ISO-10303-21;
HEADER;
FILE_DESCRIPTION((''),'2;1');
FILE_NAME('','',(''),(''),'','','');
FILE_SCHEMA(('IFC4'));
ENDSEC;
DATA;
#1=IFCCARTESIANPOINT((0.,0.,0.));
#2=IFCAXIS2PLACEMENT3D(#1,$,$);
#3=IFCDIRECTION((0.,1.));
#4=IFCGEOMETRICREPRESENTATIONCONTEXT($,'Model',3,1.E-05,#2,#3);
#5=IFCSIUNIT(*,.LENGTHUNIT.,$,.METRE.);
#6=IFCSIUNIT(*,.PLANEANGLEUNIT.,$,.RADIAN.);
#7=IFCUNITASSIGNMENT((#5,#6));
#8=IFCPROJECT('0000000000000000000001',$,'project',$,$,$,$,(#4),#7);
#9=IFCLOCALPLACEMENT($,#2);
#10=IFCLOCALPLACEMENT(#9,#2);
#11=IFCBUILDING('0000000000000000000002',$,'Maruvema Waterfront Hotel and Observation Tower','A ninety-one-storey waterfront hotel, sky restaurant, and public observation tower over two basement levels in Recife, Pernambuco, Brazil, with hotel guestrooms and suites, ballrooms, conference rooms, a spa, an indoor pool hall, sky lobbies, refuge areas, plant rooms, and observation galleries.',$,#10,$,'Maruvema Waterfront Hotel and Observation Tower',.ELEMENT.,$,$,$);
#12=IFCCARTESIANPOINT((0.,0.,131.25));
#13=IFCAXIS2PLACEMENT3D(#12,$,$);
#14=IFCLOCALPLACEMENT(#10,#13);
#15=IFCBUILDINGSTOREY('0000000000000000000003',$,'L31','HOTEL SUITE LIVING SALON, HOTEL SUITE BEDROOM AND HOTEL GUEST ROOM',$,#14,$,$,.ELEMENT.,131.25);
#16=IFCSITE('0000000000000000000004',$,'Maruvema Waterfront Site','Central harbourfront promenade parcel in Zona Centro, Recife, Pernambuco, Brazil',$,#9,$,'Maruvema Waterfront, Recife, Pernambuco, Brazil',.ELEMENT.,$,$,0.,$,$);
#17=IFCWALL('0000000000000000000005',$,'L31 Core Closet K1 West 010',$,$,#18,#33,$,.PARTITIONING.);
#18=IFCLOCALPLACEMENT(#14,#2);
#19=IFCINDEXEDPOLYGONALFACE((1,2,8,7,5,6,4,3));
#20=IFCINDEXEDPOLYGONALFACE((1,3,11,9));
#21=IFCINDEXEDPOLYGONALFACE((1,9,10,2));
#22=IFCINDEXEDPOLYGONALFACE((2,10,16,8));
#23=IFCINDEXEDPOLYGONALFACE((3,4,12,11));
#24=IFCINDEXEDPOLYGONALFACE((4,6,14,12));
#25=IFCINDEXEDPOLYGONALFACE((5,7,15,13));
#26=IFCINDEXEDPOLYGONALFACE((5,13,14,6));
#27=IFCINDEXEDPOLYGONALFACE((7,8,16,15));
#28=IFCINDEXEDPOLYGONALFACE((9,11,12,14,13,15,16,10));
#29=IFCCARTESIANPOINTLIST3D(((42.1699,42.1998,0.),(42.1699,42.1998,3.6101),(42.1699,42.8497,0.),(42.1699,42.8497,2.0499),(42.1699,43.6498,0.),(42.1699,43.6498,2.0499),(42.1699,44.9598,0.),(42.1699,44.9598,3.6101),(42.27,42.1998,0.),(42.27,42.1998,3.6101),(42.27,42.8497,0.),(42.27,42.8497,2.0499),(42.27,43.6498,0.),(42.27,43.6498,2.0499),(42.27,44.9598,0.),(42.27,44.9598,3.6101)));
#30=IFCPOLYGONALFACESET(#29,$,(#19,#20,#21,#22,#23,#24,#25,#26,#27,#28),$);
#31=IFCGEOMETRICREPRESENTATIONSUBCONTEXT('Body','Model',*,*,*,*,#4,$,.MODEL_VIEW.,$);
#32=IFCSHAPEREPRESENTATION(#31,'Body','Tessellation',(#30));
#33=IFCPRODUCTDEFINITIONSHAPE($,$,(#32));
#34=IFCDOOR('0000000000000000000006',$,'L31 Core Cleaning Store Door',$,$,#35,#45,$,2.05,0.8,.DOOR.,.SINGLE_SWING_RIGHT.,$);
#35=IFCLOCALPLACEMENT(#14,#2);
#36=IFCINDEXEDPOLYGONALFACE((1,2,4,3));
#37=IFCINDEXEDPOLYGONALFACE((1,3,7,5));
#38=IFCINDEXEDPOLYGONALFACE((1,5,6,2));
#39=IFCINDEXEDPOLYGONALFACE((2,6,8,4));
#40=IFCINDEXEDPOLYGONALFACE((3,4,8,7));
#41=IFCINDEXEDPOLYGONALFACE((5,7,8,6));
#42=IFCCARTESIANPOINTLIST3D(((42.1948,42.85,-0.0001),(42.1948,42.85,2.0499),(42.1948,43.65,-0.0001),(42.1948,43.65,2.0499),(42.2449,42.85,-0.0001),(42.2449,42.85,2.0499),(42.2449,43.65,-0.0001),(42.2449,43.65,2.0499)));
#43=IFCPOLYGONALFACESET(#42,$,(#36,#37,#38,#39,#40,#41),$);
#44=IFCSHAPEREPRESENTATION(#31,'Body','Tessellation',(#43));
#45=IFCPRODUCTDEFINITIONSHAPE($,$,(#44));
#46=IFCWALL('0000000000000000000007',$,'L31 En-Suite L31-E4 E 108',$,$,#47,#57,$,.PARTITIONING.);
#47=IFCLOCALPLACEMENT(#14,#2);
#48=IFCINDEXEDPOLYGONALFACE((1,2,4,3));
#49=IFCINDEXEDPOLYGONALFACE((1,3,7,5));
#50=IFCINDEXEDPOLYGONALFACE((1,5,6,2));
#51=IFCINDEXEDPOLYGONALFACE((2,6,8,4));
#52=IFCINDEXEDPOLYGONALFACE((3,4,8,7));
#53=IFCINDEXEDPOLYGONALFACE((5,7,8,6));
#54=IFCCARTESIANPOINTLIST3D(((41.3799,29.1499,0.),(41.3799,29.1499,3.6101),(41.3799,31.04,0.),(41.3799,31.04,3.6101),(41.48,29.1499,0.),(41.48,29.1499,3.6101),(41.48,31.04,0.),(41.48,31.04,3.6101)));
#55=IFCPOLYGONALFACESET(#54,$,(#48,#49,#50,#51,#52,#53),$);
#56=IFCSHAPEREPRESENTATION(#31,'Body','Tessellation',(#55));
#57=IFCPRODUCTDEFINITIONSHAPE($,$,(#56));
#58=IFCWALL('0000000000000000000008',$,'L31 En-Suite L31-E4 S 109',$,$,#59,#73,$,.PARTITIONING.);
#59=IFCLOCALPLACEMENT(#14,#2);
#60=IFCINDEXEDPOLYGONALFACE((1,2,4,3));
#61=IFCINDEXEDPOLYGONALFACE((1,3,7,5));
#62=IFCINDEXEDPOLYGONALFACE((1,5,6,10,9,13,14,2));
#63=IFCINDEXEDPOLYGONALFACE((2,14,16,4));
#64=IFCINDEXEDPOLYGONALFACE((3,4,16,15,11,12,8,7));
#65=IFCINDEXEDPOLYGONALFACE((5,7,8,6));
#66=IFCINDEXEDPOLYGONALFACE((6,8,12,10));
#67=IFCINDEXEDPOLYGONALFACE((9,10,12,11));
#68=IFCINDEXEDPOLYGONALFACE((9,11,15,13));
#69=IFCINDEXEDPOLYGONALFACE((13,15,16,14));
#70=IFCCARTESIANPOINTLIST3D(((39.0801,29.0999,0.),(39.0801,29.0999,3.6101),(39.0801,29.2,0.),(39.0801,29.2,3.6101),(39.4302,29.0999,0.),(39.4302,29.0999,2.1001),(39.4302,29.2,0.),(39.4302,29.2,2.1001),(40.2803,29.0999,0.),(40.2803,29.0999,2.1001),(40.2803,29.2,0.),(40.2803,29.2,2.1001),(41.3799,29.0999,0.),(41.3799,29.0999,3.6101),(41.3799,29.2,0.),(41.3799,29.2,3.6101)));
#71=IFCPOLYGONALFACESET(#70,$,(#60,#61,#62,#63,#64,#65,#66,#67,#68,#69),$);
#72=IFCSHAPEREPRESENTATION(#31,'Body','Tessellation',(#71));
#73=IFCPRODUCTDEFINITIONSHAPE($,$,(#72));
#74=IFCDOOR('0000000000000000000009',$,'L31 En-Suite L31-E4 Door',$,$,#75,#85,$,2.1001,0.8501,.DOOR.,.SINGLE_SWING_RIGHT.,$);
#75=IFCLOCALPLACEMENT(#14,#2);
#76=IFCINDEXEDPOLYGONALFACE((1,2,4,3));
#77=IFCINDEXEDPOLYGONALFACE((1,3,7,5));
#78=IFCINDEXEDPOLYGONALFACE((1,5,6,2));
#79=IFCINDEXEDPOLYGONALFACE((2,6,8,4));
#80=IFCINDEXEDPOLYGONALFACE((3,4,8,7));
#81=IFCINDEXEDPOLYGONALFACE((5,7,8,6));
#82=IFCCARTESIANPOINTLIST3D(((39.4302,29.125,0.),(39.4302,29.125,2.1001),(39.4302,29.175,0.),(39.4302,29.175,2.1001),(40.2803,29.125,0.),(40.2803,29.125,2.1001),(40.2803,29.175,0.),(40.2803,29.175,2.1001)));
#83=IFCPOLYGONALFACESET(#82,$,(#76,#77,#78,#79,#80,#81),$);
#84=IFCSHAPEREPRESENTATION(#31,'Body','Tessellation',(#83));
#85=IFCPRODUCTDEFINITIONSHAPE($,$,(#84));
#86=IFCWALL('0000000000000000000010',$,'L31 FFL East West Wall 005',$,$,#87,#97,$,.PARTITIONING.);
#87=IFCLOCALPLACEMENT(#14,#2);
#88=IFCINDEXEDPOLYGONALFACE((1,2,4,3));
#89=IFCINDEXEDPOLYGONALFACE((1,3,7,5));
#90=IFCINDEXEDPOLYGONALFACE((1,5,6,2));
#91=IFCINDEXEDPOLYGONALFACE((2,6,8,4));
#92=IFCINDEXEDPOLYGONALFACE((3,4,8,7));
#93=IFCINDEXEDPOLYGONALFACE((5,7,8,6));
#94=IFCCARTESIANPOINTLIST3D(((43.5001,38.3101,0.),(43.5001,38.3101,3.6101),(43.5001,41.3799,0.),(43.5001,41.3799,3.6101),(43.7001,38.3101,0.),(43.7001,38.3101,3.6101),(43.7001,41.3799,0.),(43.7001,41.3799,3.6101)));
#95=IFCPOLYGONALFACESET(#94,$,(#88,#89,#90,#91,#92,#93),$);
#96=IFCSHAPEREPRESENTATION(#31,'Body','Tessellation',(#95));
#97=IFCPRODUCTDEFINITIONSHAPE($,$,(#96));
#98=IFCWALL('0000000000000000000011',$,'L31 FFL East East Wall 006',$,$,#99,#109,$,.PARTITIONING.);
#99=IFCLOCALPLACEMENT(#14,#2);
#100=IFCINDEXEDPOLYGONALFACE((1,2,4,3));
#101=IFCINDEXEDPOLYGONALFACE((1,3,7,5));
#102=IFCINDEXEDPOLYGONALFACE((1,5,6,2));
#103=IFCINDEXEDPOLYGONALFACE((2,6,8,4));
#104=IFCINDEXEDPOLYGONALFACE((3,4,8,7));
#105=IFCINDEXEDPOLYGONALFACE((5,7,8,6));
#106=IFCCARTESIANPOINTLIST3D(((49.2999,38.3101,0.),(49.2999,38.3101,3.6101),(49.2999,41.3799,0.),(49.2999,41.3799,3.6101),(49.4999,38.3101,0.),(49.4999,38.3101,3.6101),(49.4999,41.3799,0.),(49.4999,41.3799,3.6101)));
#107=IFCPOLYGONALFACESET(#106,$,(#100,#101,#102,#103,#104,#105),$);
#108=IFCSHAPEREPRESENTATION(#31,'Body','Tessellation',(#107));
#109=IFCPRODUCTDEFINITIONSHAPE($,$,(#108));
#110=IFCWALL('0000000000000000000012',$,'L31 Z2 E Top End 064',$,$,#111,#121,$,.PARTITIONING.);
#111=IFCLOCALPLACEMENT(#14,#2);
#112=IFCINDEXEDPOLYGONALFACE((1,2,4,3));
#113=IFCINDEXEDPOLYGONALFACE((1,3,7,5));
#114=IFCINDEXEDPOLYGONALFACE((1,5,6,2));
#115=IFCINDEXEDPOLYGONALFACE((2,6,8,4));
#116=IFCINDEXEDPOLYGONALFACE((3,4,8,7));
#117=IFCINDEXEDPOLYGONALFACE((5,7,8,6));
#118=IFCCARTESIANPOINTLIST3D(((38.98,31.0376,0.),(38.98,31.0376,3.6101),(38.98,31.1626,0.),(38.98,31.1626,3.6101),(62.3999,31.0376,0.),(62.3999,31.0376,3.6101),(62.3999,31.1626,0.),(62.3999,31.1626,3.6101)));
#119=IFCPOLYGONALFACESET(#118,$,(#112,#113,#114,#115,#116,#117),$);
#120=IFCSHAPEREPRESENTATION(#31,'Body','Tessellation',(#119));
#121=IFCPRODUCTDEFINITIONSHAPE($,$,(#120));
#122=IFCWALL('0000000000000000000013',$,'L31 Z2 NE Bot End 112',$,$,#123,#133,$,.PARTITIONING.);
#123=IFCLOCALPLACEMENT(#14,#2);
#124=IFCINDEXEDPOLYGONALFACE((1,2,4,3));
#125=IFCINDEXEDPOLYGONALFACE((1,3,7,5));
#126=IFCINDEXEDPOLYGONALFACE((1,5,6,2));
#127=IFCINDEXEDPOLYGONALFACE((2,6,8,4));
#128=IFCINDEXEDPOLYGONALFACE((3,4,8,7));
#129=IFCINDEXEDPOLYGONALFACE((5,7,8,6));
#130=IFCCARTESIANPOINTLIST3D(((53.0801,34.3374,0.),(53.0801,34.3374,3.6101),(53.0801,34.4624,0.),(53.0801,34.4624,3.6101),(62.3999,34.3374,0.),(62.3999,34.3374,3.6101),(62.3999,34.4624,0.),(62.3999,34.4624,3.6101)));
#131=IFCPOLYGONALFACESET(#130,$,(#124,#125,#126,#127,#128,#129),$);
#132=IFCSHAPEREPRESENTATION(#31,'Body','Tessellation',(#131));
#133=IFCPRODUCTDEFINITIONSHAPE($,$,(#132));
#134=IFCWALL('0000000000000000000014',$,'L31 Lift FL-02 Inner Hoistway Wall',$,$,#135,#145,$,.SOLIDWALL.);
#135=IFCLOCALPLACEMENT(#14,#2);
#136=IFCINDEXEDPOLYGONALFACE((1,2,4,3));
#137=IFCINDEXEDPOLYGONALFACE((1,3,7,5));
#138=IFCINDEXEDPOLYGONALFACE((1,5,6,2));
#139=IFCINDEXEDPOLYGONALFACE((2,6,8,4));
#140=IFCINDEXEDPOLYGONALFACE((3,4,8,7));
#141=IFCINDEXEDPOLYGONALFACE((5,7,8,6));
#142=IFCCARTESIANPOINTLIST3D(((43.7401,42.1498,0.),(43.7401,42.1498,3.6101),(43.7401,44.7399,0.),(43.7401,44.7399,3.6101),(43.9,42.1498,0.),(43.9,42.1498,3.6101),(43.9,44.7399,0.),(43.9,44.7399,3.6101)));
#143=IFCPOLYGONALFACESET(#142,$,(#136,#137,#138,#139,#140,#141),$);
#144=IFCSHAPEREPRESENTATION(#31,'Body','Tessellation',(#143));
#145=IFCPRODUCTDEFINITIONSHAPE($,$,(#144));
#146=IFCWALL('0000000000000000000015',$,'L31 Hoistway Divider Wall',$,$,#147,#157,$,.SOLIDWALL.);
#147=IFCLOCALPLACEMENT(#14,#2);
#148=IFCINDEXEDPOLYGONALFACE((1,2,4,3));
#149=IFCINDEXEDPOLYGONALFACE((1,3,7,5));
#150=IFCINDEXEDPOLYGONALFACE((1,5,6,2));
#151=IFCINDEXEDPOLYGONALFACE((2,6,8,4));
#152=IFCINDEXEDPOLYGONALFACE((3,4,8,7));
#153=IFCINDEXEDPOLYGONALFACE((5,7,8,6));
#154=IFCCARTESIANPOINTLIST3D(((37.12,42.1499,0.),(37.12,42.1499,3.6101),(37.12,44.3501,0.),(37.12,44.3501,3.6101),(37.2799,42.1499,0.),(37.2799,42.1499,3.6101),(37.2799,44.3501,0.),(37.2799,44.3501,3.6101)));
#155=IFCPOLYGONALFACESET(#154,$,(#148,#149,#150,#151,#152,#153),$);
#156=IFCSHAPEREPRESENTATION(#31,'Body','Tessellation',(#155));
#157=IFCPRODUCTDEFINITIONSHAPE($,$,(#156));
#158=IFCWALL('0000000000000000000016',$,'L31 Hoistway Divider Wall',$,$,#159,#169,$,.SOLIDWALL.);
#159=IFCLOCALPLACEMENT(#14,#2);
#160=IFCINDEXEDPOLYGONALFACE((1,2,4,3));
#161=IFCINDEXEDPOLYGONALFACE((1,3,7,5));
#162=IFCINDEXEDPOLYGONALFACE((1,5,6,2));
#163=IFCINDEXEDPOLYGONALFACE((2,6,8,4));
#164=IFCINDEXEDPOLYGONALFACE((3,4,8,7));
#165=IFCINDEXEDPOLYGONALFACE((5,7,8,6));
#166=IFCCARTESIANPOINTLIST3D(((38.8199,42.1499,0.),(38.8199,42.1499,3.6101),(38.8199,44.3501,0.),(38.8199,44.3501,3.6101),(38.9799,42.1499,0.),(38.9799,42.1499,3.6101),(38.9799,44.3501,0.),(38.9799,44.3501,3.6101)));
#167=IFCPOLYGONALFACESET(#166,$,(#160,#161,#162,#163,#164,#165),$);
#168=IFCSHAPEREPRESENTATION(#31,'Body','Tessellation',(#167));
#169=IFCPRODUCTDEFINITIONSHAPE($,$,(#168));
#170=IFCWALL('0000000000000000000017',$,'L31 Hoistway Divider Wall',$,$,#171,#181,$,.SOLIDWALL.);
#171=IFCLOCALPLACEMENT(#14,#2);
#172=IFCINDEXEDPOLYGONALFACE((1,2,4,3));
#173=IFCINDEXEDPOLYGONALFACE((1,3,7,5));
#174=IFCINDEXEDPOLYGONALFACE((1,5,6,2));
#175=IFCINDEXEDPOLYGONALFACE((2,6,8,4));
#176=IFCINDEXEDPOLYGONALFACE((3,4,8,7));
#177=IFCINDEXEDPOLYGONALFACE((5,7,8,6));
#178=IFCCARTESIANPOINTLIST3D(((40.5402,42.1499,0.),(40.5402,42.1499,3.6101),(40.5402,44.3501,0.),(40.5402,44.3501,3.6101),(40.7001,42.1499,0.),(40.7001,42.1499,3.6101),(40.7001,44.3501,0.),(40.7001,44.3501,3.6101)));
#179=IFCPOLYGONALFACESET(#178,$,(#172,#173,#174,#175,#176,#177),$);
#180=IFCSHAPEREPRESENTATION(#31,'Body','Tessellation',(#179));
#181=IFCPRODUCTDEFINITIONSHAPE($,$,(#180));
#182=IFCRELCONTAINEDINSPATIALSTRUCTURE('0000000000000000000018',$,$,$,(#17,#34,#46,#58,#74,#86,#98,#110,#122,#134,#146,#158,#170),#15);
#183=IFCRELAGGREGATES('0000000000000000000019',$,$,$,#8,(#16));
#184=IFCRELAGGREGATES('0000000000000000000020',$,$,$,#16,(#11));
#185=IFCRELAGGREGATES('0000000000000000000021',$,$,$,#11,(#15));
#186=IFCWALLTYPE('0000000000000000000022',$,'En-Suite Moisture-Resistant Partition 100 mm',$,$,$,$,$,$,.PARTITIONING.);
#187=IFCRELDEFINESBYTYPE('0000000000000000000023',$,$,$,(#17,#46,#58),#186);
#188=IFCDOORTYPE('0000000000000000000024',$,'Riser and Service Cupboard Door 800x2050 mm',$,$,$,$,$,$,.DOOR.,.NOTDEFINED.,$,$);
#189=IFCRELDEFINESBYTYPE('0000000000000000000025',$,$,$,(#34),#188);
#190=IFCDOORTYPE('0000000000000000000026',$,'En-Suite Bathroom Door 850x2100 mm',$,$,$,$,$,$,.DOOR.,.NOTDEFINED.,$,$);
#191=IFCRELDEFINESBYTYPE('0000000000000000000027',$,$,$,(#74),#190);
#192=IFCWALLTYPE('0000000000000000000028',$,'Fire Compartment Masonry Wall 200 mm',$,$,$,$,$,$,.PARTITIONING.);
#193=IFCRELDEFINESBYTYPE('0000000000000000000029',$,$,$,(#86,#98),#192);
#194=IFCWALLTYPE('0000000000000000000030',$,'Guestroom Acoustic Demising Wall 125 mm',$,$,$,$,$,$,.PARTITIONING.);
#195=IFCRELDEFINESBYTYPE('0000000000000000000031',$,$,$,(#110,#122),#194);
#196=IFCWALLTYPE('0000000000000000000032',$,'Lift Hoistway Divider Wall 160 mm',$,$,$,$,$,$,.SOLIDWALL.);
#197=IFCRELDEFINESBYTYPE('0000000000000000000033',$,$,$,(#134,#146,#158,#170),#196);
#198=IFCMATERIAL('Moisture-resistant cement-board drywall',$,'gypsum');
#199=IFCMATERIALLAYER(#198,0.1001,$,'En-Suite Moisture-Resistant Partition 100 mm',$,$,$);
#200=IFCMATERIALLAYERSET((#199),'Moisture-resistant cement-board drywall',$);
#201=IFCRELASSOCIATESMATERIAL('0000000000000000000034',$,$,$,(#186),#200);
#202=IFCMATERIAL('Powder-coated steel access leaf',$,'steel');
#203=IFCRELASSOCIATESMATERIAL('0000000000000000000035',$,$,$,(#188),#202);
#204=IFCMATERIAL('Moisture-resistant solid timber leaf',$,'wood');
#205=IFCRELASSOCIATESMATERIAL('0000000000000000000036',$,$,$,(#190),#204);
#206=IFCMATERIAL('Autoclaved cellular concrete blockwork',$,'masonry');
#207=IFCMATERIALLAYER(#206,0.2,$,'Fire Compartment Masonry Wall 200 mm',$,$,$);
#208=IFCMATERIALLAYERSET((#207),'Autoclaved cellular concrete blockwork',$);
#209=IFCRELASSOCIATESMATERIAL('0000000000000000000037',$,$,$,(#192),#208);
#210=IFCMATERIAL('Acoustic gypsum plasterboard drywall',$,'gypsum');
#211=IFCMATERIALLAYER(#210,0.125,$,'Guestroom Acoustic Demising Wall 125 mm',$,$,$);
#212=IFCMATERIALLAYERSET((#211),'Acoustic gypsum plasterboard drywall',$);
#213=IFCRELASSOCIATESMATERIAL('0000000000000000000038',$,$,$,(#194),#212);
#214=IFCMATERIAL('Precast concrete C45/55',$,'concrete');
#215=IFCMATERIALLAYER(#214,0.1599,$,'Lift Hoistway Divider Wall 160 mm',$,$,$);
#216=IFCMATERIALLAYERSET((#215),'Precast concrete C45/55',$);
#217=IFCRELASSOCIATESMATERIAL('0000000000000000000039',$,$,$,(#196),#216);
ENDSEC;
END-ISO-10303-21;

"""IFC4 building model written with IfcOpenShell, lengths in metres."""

from ifc_helpers import new_model, si_unit, direction, frame, frame_2d, origin, place, context, subcontext, project, spatial, rectangle, extrude, material, layer, layer_set, type_object, element, fill, save


model = new_model("IFC4")

# Units and contexts
model_context = context("Model", 3, precision=1e-05, world=origin(), true_north=direction((0.0, 1.0)))
body_context = subcontext(model_context, "Body", "Model", "MODEL_VIEW")
ifc_project = project(units=[si_unit("LENGTHUNIT", "METRE"), si_unit("PLANEANGLEUNIT", "RADIAN")], contexts=[model_context])

# Site, building, storey
site_placement = place(None, origin())
site = spatial("IfcSite", under=ifc_project, at=site_placement, Name="Maruvema Waterfront Site", Description="Central harbourfront promenade parcel in Zona Centro, Recife, Pernambuco, Brazil", LongName="Maruvema Waterfront, Recife, Pernambuco, Brazil", CompositionType="ELEMENT", RefElevation=0.0)
building_placement = place(site_placement, origin())
building = spatial("IfcBuilding", under=site, at=building_placement, Name="Maruvema Waterfront Hotel and Observation Tower", Description="A ninety-one-storey waterfront hotel, sky restaurant, and public observation tower over two basement levels in Recife, Pernambuco, Brazil, with hotel guestrooms and suites, ballrooms, conference rooms, a spa, an indoor pool hall, sky lobbies, refuge areas, plant rooms, and observation galleries.", LongName="Maruvema Waterfront Hotel and Observation Tower", CompositionType="ELEMENT")
storey_placement = place(building_placement, frame((0.0, 0.0, 131.25)))
storey = spatial("IfcBuildingStorey", under=building, at=storey_placement, Name="L31", Description="HOTEL SUITE LIVING SALON, HOTEL SUITE BEDROOM AND HOTEL GUEST ROOM", CompositionType="ELEMENT", Elevation=131.25)

# Wall, opening, door
ifc_material_1 = material(Name="Moisture-resistant cement-board drywall", Category="gypsum")
ifc_layer_1 = layer(ifc_material_1, 0.1001, Name="En-Suite Moisture-Resistant Partition 100 mm")
ifc_layer_set_1 = layer_set([ifc_layer_1], Name="Moisture-resistant cement-board drywall")
wall_type_1 = type_object("IfcWallType", Name="En-Suite Moisture-Resistant Partition 100 mm", PredefinedType="PARTITIONING", material=ifc_layer_set_1)
wall_1_placement = place(storey_placement, frame((42.22, 42.2, 0.0), z_axis=(0.0, 0.0, 1.0), x_axis=(0.0, 1.0, 0.0)))
wall_1 = element("IfcWall", 1, at=wall_1_placement, inside=storey, type_object=wall_type_1, Name="L31 Core Closet K1 West 010", PredefinedType="PARTITIONING", context=body_context, shape_type="SweptSolid", body=[
    extrude(rectangle(XDim=2.76, YDim=0.1001, at=frame_2d((1.3799, 0.0))), origin(), (0.0, 0.0, 1.0), 3.6101),
])
opening_1_placement = place(wall_1_placement, frame((0.6499, 0.0, 0.0)))
opening_1 = element("IfcOpeningElement", 2, at=opening_1_placement, cuts=wall_1, PredefinedType="OPENING", context=body_context, shape_type="SweptSolid", body=[
    extrude(rectangle(XDim=0.8, YDim=2.05, at=frame_2d((0.3999, 1.0249))), frame((0.0, 0.0601, 0.0), z_axis=(0.0, -1.0, 0.0), x_axis=(1.0, 0.0, 0.0)), (0.0, 0.0, 1.0), 0.1201),
])
ifc_material_2 = material(Name="Powder-coated steel access leaf", Category="steel")
door_type_1 = type_object("IfcDoorType", Name="Riser and Service Cupboard Door 800x2050 mm", OperationType="NOTDEFINED", PredefinedType="DOOR", material=ifc_material_2)
door_1_placement = place(opening_1_placement, frame((0.8, 0.0, 0.0), z_axis=(0.0, 0.0, 1.0), x_axis=(-1.0, 0.0, 0.0)))
door_1 = element("IfcDoor", 3, at=door_1_placement, inside=storey, type_object=door_type_1, Name="L31 Core Cleaning Store Door", OperationType="SINGLE_SWING_RIGHT", OverallHeight=2.05, OverallWidth=0.8, PredefinedType="DOOR", context=body_context, shape_type="SweptSolid", body=[
    extrude(rectangle(XDim=0.8, YDim=2.05, at=frame_2d((0.3999, 1.0249))), frame((0.0, 0.0249, 0.0), z_axis=(0.0, -1.0, 0.0), x_axis=(1.0, 0.0, 0.0)), (0.0, 0.0, 1.0), 0.05),
])
fill(opening_1, door_1)

# Wall
wall_2_placement = place(storey_placement, frame((41.4299, 29.1499, 0.0), z_axis=(0.0, 0.0, 1.0), x_axis=(0.0, 1.0, 0.0)))
element("IfcWall", 4, at=wall_2_placement, inside=storey, type_object=wall_type_1, Name="L31 En-Suite L31-E4 E 108", PredefinedType="PARTITIONING", context=body_context, shape_type="SweptSolid", body=[
    extrude(rectangle(XDim=1.8901, YDim=0.1001, at=frame_2d((0.9451, 0.0))), origin(), (0.0, 0.0, 1.0), 3.6101),
])

# Wall, opening, door
wall_3_placement = place(storey_placement, frame((39.0801, 29.1499, 0.0), z_axis=(0.0, 0.0, 1.0), x_axis=(1.0, 0.0, 0.0)))
wall_3 = element("IfcWall", 5, at=wall_3_placement, inside=storey, type_object=wall_type_1, Name="L31 En-Suite L31-E4 S 109", PredefinedType="PARTITIONING", context=body_context, shape_type="SweptSolid", body=[
    extrude(rectangle(XDim=2.2998, YDim=0.1001, at=frame_2d((1.1499, 0.0))), origin(), (0.0, 0.0, 1.0), 3.6101),
])
opening_2_placement = place(wall_3_placement, frame((0.3501, 0.0, 0.0)))
opening_2 = element("IfcOpeningElement", 6, at=opening_2_placement, cuts=wall_3, PredefinedType="OPENING", context=body_context, shape_type="SweptSolid", body=[
    extrude(rectangle(XDim=0.8501, YDim=2.1001, at=frame_2d((0.425, 1.05))), frame((0.0, 0.0601, 0.0), z_axis=(0.0, -1.0, 0.0), x_axis=(1.0, 0.0, 0.0)), (0.0, 0.0, 1.0), 0.1201),
])
ifc_material_3 = material(Name="Moisture-resistant solid timber leaf", Category="wood")
door_type_2 = type_object("IfcDoorType", Name="En-Suite Bathroom Door 850x2100 mm", OperationType="NOTDEFINED", PredefinedType="DOOR", material=ifc_material_3)
door_2_placement = place(opening_2_placement, frame((0.8501, 0.0, 0.0), z_axis=(0.0, 0.0, 1.0), x_axis=(-1.0, 0.0, 0.0)))
door_2 = element("IfcDoor", 7, at=door_2_placement, inside=storey, type_object=door_type_2, Name="L31 En-Suite L31-E4 Door", OperationType="SINGLE_SWING_RIGHT", OverallHeight=2.1001, OverallWidth=0.8501, PredefinedType="DOOR", context=body_context, shape_type="SweptSolid", body=[
    extrude(rectangle(XDim=0.8501, YDim=2.1001, at=frame_2d((0.425, 1.05))), frame((0.0, 0.0249, 0.0), z_axis=(0.0, -1.0, 0.0), x_axis=(1.0, 0.0, 0.0)), (0.0, 0.0, 1.0), 0.05),
])
fill(opening_2, door_2)
ifc_material_4 = material(Name="Autoclaved cellular concrete blockwork", Category="masonry")
ifc_layer_2 = layer(ifc_material_4, 0.2, Name="Fire Compartment Masonry Wall 200 mm")
ifc_layer_set_2 = layer_set([ifc_layer_2], Name="Autoclaved cellular concrete blockwork")
wall_type_2 = type_object("IfcWallType", Name="Fire Compartment Masonry Wall 200 mm", PredefinedType="PARTITIONING", material=ifc_layer_set_2)

# Walls
for number, where, z_axis, x_axis, name in (
    (8, (43.6001, 38.3101, 0.0), (0.0, 0.0, 1.0), (0.0, 1.0, 0.0), "L31 FFL East West Wall 005"),
    (9, (49.3999, 38.3101, 0.0), (0.0, 0.0, 1.0), (0.0, 1.0, 0.0), "L31 FFL East East Wall 006"),
):
    element("IfcWall", number, at=place(storey_placement, frame(where, z_axis=z_axis, x_axis=x_axis)), inside=storey, type_object=wall_type_2, Name=name, PredefinedType="PARTITIONING", context=body_context, shape_type="SweptSolid", body=[
        extrude(rectangle(XDim=3.0698, YDim=0.2, at=frame_2d((1.5349, 0.0))), origin(), (0.0, 0.0, 1.0), 3.6101),
    ])
ifc_material_5 = material(Name="Acoustic gypsum plasterboard drywall", Category="gypsum")
ifc_layer_3 = layer(ifc_material_5, 0.125, Name="Guestroom Acoustic Demising Wall 125 mm")
ifc_layer_set_3 = layer_set([ifc_layer_3], Name="Acoustic gypsum plasterboard drywall")
wall_type_3 = type_object("IfcWallType", Name="Guestroom Acoustic Demising Wall 125 mm", PredefinedType="PARTITIONING", material=ifc_layer_set_3)
wall_4_placement = place(storey_placement, frame((38.98, 31.1001, 0.0), z_axis=(0.0, 0.0, 1.0), x_axis=(1.0, 0.0, 0.0)))
element("IfcWall", 10, at=wall_4_placement, inside=storey, type_object=wall_type_3, Name="L31 Z2 E Top End 064", PredefinedType="PARTITIONING", context=body_context, shape_type="SweptSolid", body=[
    extrude(rectangle(XDim=23.4199, YDim=0.125, at=frame_2d((11.71, 0.0))), origin(), (0.0, 0.0, 1.0), 3.6101),
])
wall_5_placement = place(storey_placement, frame((53.0801, 34.3999, 0.0), z_axis=(0.0, 0.0, 1.0), x_axis=(1.0, 0.0, 0.0)))
element("IfcWall", 11, at=wall_5_placement, inside=storey, type_object=wall_type_3, Name="L31 Z2 NE Bot End 112", PredefinedType="PARTITIONING", context=body_context, shape_type="SweptSolid", body=[
    extrude(rectangle(XDim=9.3198, YDim=0.125, at=frame_2d((4.6599, 0.0))), origin(), (0.0, 0.0, 1.0), 3.6101),
])
ifc_material_6 = material(Name="Precast concrete C45/55", Category="concrete")
ifc_layer_4 = layer(ifc_material_6, 0.1599, Name="Lift Hoistway Divider Wall 160 mm")
ifc_layer_set_4 = layer_set([ifc_layer_4], Name="Precast concrete C45/55")
wall_type_4 = type_object("IfcWallType", Name="Lift Hoistway Divider Wall 160 mm", PredefinedType="SOLIDWALL", material=ifc_layer_set_4)
wall_6_placement = place(storey_placement, frame((43.8201, 42.1499, 0.0), z_axis=(0.0, 0.0, 1.0), x_axis=(0.0, 1.0, 0.0)))
element("IfcWall", 12, at=wall_6_placement, inside=storey, type_object=wall_type_4, Name="L31 Lift FL-02 Inner Hoistway Wall", PredefinedType="SOLIDWALL", context=body_context, shape_type="SweptSolid", body=[
    extrude(rectangle(XDim=2.5901, YDim=0.1599, at=frame_2d((1.2949, 0.0))), origin(), (0.0, 0.0, 1.0), 3.6101),
])
for number, where, z_axis, x_axis, name in (
    (13, (37.2, 42.1499, 0.0), (0.0, 0.0, 1.0), (0.0, 1.0, 0.0), "L31 Hoistway Divider Wall"),
    (14, (38.8999, 42.1499, 0.0), (0.0, 0.0, 1.0), (0.0, 1.0, 0.0), "L31 Hoistway Divider Wall"),
    (15, (40.6201, 42.1499, 0.0), (0.0, 0.0, 1.0), (0.0, 1.0, 0.0), "L31 Hoistway Divider Wall"),
):
    element("IfcWall", number, at=place(storey_placement, frame(where, z_axis=z_axis, x_axis=x_axis)), inside=storey, type_object=wall_type_4, Name=name, PredefinedType="SOLIDWALL", context=body_context, shape_type="SweptSolid", body=[
        extrude(rectangle(XDim=2.2002, YDim=0.1599, at=frame_2d((1.1001, 0.0))), origin(), (0.0, 0.0, 1.0), 3.6101),
    ])

save(model, "model.ifc")
